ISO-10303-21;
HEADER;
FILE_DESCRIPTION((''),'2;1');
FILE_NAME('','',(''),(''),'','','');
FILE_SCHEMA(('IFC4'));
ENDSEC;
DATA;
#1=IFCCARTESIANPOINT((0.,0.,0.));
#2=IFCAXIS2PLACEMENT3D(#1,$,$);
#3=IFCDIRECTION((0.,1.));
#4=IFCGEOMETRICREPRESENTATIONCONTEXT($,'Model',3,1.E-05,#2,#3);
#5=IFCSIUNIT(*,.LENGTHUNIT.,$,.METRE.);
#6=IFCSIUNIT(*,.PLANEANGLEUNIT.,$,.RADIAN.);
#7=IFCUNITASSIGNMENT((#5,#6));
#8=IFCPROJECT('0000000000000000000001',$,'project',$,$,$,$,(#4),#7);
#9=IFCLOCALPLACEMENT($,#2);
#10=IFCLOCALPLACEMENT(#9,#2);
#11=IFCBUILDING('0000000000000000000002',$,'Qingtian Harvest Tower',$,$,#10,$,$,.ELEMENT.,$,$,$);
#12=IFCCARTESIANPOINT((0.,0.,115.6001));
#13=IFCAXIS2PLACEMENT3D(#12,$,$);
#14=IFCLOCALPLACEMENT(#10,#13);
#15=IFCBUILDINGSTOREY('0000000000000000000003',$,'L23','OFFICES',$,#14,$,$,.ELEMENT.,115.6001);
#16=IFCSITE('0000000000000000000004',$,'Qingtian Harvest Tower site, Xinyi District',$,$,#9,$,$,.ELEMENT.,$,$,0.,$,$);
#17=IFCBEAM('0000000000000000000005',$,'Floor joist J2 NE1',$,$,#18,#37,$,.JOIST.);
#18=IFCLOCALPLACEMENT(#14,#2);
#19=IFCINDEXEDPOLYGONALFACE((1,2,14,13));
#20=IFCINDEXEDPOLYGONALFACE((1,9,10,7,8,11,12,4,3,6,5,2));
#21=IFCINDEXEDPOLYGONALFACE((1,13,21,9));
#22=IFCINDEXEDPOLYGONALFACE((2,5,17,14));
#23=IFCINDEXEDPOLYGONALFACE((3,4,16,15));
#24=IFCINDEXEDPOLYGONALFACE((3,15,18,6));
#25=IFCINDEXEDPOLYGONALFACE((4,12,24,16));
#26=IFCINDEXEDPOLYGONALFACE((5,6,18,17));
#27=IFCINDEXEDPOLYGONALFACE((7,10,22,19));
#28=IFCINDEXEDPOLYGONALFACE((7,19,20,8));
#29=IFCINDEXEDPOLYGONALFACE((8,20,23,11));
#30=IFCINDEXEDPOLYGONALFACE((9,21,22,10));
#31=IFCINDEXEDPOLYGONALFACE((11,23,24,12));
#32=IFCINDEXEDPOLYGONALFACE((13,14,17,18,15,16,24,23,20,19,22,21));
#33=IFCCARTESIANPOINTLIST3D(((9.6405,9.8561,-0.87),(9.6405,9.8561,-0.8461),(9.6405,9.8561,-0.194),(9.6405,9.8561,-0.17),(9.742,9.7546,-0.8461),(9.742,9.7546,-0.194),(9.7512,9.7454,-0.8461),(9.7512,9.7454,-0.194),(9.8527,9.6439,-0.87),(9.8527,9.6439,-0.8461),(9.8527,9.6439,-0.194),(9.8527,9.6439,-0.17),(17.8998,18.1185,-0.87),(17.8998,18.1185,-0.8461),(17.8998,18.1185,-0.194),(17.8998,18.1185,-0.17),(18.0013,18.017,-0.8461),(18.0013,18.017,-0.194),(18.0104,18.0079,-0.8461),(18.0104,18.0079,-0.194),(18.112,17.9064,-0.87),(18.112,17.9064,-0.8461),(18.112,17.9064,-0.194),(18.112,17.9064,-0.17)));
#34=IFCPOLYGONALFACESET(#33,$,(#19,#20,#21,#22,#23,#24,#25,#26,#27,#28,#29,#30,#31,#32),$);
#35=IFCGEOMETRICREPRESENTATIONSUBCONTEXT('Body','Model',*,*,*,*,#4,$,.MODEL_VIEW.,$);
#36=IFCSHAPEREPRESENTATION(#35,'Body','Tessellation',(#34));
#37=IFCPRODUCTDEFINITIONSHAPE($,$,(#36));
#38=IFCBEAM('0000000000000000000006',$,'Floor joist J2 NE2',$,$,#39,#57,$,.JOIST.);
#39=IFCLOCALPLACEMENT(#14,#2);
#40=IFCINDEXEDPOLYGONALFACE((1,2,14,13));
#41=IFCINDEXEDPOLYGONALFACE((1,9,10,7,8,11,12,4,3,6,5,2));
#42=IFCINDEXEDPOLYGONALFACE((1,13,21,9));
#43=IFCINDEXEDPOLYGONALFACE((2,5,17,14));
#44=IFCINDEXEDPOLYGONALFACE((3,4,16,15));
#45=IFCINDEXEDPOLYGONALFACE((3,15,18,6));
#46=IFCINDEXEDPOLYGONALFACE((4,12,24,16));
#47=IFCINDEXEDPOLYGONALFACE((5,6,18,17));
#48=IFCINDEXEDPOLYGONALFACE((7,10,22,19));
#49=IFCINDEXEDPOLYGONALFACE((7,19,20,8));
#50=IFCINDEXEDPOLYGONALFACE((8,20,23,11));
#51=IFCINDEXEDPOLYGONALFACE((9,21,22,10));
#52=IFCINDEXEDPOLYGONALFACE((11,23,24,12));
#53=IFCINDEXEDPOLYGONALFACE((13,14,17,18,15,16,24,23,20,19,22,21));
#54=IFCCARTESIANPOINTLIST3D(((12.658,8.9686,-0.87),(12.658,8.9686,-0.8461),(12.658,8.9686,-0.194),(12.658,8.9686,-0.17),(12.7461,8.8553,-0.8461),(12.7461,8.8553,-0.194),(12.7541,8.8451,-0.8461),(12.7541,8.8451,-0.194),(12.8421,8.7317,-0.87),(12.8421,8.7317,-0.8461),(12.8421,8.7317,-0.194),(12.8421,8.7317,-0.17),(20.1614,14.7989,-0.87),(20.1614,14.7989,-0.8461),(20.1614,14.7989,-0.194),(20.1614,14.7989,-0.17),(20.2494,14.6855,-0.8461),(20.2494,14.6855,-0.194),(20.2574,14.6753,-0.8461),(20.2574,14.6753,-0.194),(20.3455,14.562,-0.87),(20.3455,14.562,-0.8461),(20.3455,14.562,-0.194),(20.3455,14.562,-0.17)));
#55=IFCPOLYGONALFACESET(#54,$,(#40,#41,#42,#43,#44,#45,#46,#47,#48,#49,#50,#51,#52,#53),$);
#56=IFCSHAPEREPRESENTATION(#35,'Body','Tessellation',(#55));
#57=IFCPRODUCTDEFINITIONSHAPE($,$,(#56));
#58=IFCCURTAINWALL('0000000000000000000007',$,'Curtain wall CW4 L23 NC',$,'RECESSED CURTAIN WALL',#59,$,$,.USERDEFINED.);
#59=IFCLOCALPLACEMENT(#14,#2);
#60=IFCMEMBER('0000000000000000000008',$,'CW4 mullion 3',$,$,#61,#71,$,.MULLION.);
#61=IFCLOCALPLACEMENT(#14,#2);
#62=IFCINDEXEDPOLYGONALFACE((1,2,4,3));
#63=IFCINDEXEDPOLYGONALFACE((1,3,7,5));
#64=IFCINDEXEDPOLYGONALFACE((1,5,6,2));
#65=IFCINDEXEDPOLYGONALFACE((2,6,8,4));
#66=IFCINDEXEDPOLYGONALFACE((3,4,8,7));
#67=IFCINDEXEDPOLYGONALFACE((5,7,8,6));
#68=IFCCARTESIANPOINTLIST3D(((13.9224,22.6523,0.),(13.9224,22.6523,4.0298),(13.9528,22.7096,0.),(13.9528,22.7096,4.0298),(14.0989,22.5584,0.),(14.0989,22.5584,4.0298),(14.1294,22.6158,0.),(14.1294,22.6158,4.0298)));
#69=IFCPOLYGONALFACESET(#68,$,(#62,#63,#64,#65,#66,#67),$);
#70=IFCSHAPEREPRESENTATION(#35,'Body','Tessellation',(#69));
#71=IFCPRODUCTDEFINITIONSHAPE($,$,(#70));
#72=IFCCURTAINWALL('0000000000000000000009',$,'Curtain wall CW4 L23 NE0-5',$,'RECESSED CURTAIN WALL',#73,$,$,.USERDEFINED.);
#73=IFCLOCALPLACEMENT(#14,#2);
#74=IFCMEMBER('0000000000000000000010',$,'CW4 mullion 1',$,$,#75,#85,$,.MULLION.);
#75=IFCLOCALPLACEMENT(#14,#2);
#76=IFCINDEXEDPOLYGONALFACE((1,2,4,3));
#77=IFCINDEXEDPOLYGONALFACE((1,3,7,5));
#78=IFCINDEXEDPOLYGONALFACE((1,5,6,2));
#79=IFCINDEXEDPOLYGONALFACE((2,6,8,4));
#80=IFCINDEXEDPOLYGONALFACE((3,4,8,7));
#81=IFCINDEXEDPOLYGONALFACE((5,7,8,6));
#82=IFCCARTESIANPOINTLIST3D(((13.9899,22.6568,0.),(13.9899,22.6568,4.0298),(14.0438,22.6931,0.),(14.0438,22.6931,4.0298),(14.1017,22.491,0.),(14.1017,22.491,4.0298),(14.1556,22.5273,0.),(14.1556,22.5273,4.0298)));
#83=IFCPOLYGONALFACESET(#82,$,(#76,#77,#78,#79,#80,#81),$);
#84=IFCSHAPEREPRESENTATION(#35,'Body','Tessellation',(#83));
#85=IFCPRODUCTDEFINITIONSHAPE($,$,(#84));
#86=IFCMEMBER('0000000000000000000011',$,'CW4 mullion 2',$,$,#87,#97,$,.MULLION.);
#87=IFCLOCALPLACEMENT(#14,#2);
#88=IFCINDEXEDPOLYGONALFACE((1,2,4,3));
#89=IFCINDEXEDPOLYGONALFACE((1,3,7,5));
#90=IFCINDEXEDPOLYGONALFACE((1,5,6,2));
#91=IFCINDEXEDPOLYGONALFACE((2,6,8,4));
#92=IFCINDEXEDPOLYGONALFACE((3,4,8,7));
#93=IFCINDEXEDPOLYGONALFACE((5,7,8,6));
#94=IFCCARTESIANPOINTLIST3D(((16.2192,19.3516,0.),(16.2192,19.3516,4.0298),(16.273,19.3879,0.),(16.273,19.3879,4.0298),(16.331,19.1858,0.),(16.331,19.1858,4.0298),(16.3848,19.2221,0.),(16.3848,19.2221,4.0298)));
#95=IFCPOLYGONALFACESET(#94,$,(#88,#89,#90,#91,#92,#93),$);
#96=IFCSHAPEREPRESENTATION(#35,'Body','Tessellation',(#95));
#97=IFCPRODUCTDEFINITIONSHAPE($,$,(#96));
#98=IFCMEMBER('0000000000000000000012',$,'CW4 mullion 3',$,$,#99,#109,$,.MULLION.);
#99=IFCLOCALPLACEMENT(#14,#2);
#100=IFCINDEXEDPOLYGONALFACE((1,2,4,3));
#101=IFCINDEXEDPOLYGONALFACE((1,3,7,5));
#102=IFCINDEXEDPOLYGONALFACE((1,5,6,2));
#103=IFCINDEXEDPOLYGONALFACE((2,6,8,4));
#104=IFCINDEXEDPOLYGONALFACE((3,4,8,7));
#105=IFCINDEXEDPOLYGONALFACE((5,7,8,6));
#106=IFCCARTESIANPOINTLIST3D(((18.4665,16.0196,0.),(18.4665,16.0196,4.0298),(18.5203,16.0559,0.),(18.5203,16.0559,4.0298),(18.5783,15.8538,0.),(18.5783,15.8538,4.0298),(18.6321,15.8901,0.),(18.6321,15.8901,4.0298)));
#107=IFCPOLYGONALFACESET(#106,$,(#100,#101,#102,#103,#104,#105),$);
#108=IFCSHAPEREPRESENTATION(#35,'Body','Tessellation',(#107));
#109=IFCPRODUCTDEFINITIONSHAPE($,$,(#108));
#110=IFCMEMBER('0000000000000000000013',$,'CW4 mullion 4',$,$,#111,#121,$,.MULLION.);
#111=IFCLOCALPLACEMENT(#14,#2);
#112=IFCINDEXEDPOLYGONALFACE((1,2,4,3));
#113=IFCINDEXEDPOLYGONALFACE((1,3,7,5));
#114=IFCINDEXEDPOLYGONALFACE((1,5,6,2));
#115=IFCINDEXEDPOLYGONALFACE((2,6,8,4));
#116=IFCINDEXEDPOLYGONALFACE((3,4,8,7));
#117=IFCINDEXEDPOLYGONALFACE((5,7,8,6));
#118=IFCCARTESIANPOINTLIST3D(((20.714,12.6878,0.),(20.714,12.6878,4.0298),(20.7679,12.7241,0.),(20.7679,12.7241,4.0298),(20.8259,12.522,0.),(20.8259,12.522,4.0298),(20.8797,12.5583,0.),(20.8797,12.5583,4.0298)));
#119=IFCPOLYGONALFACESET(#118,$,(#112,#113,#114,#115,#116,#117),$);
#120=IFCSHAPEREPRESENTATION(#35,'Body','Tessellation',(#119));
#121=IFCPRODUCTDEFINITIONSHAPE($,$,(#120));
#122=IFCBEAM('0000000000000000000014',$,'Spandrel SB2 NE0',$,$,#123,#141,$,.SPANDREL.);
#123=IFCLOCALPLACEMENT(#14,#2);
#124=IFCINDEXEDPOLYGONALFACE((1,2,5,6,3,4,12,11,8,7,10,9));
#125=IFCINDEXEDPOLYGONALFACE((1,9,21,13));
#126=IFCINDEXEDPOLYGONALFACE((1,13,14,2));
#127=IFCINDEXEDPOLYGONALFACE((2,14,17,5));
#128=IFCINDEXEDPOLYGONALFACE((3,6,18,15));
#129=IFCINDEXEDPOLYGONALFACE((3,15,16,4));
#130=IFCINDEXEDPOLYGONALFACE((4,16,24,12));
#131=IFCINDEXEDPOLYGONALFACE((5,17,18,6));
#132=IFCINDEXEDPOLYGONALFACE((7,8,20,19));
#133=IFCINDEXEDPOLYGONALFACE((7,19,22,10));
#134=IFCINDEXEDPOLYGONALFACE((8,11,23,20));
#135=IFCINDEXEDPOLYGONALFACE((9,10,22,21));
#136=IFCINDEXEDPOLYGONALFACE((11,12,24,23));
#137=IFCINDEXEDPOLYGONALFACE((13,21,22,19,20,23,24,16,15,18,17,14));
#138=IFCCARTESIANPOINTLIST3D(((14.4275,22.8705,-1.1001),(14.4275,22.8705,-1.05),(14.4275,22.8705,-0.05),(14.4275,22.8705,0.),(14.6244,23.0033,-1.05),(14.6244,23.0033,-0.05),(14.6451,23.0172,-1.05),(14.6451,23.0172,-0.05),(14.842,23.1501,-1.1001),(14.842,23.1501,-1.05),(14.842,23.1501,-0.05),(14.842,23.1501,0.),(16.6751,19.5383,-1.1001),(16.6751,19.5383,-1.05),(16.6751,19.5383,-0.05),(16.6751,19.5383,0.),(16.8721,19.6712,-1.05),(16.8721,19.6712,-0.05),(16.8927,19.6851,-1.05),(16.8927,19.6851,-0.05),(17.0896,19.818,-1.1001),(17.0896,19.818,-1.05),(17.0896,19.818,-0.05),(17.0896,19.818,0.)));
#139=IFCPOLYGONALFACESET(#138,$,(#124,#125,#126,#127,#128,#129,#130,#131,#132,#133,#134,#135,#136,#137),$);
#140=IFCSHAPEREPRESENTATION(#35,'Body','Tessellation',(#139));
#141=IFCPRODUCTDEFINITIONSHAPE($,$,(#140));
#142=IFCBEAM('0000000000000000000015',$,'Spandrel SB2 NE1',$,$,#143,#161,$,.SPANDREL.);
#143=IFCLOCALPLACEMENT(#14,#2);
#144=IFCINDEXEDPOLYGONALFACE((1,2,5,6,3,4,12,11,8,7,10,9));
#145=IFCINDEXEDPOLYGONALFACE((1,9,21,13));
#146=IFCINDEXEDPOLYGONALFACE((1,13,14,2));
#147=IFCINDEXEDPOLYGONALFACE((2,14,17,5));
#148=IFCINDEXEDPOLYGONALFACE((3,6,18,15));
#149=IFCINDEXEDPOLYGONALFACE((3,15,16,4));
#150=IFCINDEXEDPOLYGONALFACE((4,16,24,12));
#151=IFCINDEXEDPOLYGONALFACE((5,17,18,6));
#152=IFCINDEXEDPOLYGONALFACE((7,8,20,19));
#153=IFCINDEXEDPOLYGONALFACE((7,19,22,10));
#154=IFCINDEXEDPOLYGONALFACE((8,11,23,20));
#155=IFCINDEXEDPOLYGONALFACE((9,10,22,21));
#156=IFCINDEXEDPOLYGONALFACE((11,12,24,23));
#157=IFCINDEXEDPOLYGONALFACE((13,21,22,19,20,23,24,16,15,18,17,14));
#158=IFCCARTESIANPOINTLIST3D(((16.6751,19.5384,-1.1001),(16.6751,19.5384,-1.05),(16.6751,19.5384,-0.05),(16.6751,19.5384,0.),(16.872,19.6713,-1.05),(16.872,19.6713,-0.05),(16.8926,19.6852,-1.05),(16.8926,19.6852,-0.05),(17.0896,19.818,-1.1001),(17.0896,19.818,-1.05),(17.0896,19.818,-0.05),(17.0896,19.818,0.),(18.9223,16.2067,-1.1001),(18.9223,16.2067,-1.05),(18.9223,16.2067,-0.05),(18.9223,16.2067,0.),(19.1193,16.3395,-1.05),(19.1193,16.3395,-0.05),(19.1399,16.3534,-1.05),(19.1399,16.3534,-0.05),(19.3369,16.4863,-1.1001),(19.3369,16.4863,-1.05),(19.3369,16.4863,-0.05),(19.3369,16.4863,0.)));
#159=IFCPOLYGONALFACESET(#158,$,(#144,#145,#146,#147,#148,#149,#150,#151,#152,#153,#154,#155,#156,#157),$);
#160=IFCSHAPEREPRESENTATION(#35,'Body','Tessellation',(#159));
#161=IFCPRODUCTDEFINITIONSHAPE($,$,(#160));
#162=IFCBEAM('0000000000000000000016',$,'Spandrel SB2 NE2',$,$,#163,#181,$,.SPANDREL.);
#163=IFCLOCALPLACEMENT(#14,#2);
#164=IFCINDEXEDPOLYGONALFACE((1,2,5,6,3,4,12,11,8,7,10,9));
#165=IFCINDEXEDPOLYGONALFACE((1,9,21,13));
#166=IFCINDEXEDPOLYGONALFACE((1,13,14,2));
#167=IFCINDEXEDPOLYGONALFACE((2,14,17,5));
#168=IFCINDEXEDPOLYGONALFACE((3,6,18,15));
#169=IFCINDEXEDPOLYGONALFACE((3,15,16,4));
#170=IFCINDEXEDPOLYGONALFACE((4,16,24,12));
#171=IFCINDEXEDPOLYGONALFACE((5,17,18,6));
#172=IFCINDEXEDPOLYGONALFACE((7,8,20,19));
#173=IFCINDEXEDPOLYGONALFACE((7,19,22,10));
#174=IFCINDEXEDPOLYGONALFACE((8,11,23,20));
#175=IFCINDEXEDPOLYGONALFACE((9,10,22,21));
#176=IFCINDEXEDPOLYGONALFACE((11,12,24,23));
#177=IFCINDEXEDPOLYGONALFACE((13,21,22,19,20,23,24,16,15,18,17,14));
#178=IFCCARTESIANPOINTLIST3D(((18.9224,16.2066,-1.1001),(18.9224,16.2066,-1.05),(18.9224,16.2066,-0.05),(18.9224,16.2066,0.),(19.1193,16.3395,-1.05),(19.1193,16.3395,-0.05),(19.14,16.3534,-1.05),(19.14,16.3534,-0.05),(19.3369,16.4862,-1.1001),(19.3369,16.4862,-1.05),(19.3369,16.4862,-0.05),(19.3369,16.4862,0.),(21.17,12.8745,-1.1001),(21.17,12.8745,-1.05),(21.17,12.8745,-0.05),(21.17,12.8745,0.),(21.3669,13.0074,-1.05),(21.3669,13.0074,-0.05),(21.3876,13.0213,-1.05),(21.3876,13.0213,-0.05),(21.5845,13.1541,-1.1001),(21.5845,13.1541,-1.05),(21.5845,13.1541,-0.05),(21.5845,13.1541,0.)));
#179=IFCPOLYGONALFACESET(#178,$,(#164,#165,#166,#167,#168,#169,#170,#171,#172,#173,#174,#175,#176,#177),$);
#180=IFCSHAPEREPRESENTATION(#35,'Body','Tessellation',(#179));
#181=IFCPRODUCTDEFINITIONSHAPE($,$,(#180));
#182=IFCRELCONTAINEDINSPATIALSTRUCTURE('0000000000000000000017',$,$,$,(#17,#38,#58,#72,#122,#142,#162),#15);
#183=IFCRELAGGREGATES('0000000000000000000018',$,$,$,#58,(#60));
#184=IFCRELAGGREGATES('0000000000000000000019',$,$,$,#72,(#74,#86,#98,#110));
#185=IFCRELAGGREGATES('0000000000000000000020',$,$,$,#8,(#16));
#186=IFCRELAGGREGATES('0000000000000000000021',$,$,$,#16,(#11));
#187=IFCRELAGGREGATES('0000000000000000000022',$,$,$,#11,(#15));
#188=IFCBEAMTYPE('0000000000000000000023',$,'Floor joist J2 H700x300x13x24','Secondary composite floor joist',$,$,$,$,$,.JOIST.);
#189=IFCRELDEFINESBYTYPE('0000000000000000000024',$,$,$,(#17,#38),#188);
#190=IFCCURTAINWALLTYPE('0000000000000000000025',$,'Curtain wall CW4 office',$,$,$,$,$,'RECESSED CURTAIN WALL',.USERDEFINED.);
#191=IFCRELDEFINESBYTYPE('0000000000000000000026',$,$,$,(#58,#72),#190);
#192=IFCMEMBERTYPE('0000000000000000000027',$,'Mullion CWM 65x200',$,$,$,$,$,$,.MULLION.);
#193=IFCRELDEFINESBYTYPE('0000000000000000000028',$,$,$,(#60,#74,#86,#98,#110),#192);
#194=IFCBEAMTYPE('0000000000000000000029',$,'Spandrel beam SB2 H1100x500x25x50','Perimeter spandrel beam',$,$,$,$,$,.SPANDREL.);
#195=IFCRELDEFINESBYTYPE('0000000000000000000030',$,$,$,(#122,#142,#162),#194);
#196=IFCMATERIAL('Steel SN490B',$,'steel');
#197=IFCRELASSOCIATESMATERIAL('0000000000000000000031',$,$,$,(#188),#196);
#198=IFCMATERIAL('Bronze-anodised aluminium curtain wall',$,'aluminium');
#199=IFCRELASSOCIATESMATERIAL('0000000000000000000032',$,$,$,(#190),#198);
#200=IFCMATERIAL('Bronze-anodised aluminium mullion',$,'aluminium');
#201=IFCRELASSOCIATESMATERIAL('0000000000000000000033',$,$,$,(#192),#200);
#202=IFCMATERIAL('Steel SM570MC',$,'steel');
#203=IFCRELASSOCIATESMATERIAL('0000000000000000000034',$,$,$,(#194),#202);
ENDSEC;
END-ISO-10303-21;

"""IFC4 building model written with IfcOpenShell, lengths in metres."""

from ifc_helpers import new_model, si_unit, direction, frame, origin, origin_2d, place, context, subcontext, project, spatial, rectangle, i_section, extrude, material, material_profile, profile_set, type_object, element, aggregate, save


model = new_model("IFC4")

# Units and contexts
model_context = context("Model", 3, precision=1e-05, world=origin(), true_north=direction((0.0, 1.0)))
body_context = subcontext(model_context, "Body", "Model", "MODEL_VIEW")
ifc_project = project(units=[si_unit("LENGTHUNIT", "METRE"), si_unit("PLANEANGLEUNIT", "RADIAN")], contexts=[model_context])

# Site, building, storey
site_placement = place(None, origin())
site = spatial("IfcSite", under=ifc_project, at=site_placement, Name="Qingtian Harvest Tower site, Xinyi District", CompositionType="ELEMENT", RefElevation=0.0)
building_placement = place(site_placement, origin())
building = spatial("IfcBuilding", under=site, at=building_placement, Name="Qingtian Harvest Tower", CompositionType="ELEMENT")
storey_placement = place(building_placement, frame((0.0, 0.0, 115.6001)))
storey = spatial("IfcBuildingStorey", under=building, at=storey_placement, Name="L23", Description="OFFICES", CompositionType="ELEMENT", Elevation=115.6001)

# Beams
ifc_material_1 = material(Name="Steel SN490B", Category="steel")
ifc_material_profile_1 = material_profile(ifc_material_1, i_section(OverallWidth=0.3, OverallDepth=0.7, WebThickness=0.0129, FlangeThickness=0.0239, at=origin_2d()), Name="H700x300x13x24")
ifc_profile_set_1 = profile_set([ifc_material_profile_1], Name="Steel SN490B")
beam_type_1 = type_object("IfcBeamType", Name="Floor joist J2 H700x300x13x24", Description="Secondary composite floor joist", PredefinedType="JOIST", material=ifc_profile_set_1)
beam_1_placement = place(storey_placement, frame((18.0059, 18.0125, -0.52), z_axis=(-0.706971, -0.707243, 0.0), x_axis=(0.707243, -0.706971, 0.0)))
element("IfcBeam", 1, at=beam_1_placement, inside=storey, type_object=beam_type_1, Name="Floor joist J2 NE1", PredefinedType="JOIST", context=body_context, shape_type="SweptSolid", body=[
    extrude(i_section(OverallWidth=0.3, OverallDepth=0.7, WebThickness=0.0129, FlangeThickness=0.0239, at=origin_2d()), origin(), (0.0, 0.0, 1.0), 11.6826),
])
beam_2_placement = place(storey_placement, frame((20.2534, 14.6804, -0.52), z_axis=(-0.789641, -0.613569, 0.0), x_axis=(0.613569, -0.789641, 0.0)))
element("IfcBeam", 2, at=beam_2_placement, inside=storey, type_object=beam_type_1, Name="Floor joist J2 NE2", PredefinedType="JOIST", context=body_context, shape_type="SweptSolid", body=[
    extrude(i_section(OverallWidth=0.3, OverallDepth=0.7, WebThickness=0.0129, FlangeThickness=0.0239, at=origin_2d()), origin(), (0.0, 0.0, 1.0), 9.5022),
])

# Curtain wall, member
ifc_material_2 = material(Name="Bronze-anodised aluminium curtain wall", Category="aluminium")
curtain_wall_type = type_object("IfcCurtainWallType", Name="Curtain wall CW4 office", ElementType="RECESSED CURTAIN WALL", PredefinedType="USERDEFINED", material=ifc_material_2)
curtain_wall_1_placement = place(storey_placement, origin())
curtain_wall_1 = element("IfcCurtainWall", 3, at=curtain_wall_1_placement, inside=storey, type_object=curtain_wall_type, Name="Curtain wall CW4 L23 NC", ObjectType="RECESSED CURTAIN WALL", PredefinedType="USERDEFINED")
ifc_material_3 = material(Name="Bronze-anodised aluminium mullion", Category="aluminium")
ifc_material_profile_2 = material_profile(ifc_material_3, rectangle(XDim=0.0649, YDim=0.2, at=origin_2d()), Name="AL 65x200")
ifc_profile_set_2 = profile_set([ifc_material_profile_2], Name="Bronze-anodised aluminium mullion")
member_type_1 = type_object("IfcMemberType", Name="Mullion CWM 65x200", PredefinedType="MULLION", material=ifc_profile_set_2)
member_1_placement = place(storey_placement, frame((14.0259, 22.634, 0.0), z_axis=(0.0, 0.0, 1.0), x_axis=(0.469472, 0.882948, 0.0)))
member_1 = element("IfcMember", 4, at=member_1_placement, type_object=member_type_1, Name="CW4 mullion 3", PredefinedType="MULLION", context=body_context, shape_type="SweptSolid", body=[
    extrude(rectangle(XDim=0.0649, YDim=0.2, at=origin_2d()), origin(), (0.0, 0.0, 1.0), 4.0298),
])

# Curtain wall, members
curtain_wall_2_placement = place(storey_placement, origin())
curtain_wall_2 = element("IfcCurtainWall", 5, at=curtain_wall_2_placement, inside=storey, type_object=curtain_wall_type, Name="Curtain wall CW4 L23 NE0-5", ObjectType="RECESSED CURTAIN WALL", PredefinedType="USERDEFINED")
member_2_placement = place(storey_placement, frame((14.0728, 22.592, 0.0), z_axis=(0.0, 0.0, 1.0), x_axis=(0.829038, 0.559193, 0.0)))
member_2 = element("IfcMember", 6, at=member_2_placement, type_object=member_type_1, Name="CW4 mullion 1", PredefinedType="MULLION", context=body_context, shape_type="SweptSolid", body=[
    extrude(rectangle(XDim=0.0649, YDim=0.2, at=origin_2d()), origin(), (0.0, 0.0, 1.0), 4.0298),
])
member_3_placement = place(storey_placement, frame((16.302, 19.2869, 0.0), z_axis=(0.0, 0.0, 1.0), x_axis=(0.829038, 0.559193, 0.0)))
member_3 = element("IfcMember", 7, at=member_3_placement, type_object=member_type_1, Name="CW4 mullion 2", PredefinedType="MULLION", context=body_context, shape_type="SweptSolid", body=[
    extrude(rectangle(XDim=0.0649, YDim=0.2, at=origin_2d()), origin(), (0.0, 0.0, 1.0), 4.0298),
])
member_4_placement = place(storey_placement, frame((18.5493, 15.9548, 0.0), z_axis=(0.0, 0.0, 1.0), x_axis=(0.829038, 0.559193, 0.0)))
member_4 = element("IfcMember", 8, at=member_4_placement, type_object=member_type_1, Name="CW4 mullion 3", PredefinedType="MULLION", context=body_context, shape_type="SweptSolid", body=[
    extrude(rectangle(XDim=0.0649, YDim=0.2, at=origin_2d()), origin(), (0.0, 0.0, 1.0), 4.0298),
])
member_5_placement = place(storey_placement, frame((20.7969, 12.623, 0.0), z_axis=(0.0, 0.0, 1.0), x_axis=(0.829038, 0.559193, 0.0)))
member_5 = element("IfcMember", 9, at=member_5_placement, type_object=member_type_1, Name="CW4 mullion 4", PredefinedType="MULLION", context=body_context, shape_type="SweptSolid", body=[
    extrude(rectangle(XDim=0.0649, YDim=0.2, at=origin_2d()), origin(), (0.0, 0.0, 1.0), 4.0298),
])

# Beams
ifc_material_4 = material(Name="Steel SM570MC", Category="steel")
ifc_material_profile_3 = material_profile(ifc_material_4, i_section(OverallWidth=0.5, OverallDepth=1.1001, WebThickness=0.0249, FlangeThickness=0.05, at=origin_2d()), Name="H1100x500x25x50")
ifc_profile_set_3 = profile_set([ifc_material_profile_3], Name="Steel SM570MC")
beam_type_2 = type_object("IfcBeamType", Name="Spandrel beam SB2 H1100x500x25x50", Description="Perimeter spandrel beam", PredefinedType="SPANDREL", material=ifc_profile_set_3)
beam_3_placement = place(storey_placement, frame((14.6348, 23.0103, -0.55), z_axis=(0.559206, -0.829029, 0.0), x_axis=(0.829029, 0.559206, 0.0)))
element("IfcBeam", 10, at=beam_3_placement, inside=storey, type_object=beam_type_2, Name="Spandrel SB2 NE0", PredefinedType="SPANDREL", context=body_context, shape_type="SweptSolid", body=[
    extrude(i_section(OverallWidth=0.5, OverallDepth=1.1001, WebThickness=0.0249, FlangeThickness=0.05, at=origin_2d()), origin(), (0.0, 0.0, 1.0), 4.0193),
])
beam_4_placement = place(storey_placement, frame((16.8823, 19.6782, -0.55), z_axis=(0.559192, -0.829038, 0.0), x_axis=(0.829038, 0.559192, 0.0)))
element("IfcBeam", 11, at=beam_4_placement, inside=storey, type_object=beam_type_2, Name="Spandrel SB2 NE1", PredefinedType="SPANDREL", context=body_context, shape_type="SweptSolid", body=[
    extrude(i_section(OverallWidth=0.5, OverallDepth=1.1001, WebThickness=0.0249, FlangeThickness=0.05, at=origin_2d()), origin(), (0.0, 0.0, 1.0), 4.0188),
])
beam_5_placement = place(storey_placement, frame((19.1296, 16.3464, -0.55), z_axis=(0.559206, -0.829029, 0.0), x_axis=(0.829029, 0.559206, 0.0)))
element("IfcBeam", 12, at=beam_5_placement, inside=storey, type_object=beam_type_2, Name="Spandrel SB2 NE2", PredefinedType="SPANDREL", context=body_context, shape_type="SweptSolid", body=[
    extrude(i_section(OverallWidth=0.5, OverallDepth=1.1001, WebThickness=0.0249, FlangeThickness=0.05, at=origin_2d()), origin(), (0.0, 0.0, 1.0), 4.0193),
])

aggregate(curtain_wall_1, [member_1])
aggregate(curtain_wall_2, [member_2, member_3, member_4, member_5])

save(model, "model.ifc")
